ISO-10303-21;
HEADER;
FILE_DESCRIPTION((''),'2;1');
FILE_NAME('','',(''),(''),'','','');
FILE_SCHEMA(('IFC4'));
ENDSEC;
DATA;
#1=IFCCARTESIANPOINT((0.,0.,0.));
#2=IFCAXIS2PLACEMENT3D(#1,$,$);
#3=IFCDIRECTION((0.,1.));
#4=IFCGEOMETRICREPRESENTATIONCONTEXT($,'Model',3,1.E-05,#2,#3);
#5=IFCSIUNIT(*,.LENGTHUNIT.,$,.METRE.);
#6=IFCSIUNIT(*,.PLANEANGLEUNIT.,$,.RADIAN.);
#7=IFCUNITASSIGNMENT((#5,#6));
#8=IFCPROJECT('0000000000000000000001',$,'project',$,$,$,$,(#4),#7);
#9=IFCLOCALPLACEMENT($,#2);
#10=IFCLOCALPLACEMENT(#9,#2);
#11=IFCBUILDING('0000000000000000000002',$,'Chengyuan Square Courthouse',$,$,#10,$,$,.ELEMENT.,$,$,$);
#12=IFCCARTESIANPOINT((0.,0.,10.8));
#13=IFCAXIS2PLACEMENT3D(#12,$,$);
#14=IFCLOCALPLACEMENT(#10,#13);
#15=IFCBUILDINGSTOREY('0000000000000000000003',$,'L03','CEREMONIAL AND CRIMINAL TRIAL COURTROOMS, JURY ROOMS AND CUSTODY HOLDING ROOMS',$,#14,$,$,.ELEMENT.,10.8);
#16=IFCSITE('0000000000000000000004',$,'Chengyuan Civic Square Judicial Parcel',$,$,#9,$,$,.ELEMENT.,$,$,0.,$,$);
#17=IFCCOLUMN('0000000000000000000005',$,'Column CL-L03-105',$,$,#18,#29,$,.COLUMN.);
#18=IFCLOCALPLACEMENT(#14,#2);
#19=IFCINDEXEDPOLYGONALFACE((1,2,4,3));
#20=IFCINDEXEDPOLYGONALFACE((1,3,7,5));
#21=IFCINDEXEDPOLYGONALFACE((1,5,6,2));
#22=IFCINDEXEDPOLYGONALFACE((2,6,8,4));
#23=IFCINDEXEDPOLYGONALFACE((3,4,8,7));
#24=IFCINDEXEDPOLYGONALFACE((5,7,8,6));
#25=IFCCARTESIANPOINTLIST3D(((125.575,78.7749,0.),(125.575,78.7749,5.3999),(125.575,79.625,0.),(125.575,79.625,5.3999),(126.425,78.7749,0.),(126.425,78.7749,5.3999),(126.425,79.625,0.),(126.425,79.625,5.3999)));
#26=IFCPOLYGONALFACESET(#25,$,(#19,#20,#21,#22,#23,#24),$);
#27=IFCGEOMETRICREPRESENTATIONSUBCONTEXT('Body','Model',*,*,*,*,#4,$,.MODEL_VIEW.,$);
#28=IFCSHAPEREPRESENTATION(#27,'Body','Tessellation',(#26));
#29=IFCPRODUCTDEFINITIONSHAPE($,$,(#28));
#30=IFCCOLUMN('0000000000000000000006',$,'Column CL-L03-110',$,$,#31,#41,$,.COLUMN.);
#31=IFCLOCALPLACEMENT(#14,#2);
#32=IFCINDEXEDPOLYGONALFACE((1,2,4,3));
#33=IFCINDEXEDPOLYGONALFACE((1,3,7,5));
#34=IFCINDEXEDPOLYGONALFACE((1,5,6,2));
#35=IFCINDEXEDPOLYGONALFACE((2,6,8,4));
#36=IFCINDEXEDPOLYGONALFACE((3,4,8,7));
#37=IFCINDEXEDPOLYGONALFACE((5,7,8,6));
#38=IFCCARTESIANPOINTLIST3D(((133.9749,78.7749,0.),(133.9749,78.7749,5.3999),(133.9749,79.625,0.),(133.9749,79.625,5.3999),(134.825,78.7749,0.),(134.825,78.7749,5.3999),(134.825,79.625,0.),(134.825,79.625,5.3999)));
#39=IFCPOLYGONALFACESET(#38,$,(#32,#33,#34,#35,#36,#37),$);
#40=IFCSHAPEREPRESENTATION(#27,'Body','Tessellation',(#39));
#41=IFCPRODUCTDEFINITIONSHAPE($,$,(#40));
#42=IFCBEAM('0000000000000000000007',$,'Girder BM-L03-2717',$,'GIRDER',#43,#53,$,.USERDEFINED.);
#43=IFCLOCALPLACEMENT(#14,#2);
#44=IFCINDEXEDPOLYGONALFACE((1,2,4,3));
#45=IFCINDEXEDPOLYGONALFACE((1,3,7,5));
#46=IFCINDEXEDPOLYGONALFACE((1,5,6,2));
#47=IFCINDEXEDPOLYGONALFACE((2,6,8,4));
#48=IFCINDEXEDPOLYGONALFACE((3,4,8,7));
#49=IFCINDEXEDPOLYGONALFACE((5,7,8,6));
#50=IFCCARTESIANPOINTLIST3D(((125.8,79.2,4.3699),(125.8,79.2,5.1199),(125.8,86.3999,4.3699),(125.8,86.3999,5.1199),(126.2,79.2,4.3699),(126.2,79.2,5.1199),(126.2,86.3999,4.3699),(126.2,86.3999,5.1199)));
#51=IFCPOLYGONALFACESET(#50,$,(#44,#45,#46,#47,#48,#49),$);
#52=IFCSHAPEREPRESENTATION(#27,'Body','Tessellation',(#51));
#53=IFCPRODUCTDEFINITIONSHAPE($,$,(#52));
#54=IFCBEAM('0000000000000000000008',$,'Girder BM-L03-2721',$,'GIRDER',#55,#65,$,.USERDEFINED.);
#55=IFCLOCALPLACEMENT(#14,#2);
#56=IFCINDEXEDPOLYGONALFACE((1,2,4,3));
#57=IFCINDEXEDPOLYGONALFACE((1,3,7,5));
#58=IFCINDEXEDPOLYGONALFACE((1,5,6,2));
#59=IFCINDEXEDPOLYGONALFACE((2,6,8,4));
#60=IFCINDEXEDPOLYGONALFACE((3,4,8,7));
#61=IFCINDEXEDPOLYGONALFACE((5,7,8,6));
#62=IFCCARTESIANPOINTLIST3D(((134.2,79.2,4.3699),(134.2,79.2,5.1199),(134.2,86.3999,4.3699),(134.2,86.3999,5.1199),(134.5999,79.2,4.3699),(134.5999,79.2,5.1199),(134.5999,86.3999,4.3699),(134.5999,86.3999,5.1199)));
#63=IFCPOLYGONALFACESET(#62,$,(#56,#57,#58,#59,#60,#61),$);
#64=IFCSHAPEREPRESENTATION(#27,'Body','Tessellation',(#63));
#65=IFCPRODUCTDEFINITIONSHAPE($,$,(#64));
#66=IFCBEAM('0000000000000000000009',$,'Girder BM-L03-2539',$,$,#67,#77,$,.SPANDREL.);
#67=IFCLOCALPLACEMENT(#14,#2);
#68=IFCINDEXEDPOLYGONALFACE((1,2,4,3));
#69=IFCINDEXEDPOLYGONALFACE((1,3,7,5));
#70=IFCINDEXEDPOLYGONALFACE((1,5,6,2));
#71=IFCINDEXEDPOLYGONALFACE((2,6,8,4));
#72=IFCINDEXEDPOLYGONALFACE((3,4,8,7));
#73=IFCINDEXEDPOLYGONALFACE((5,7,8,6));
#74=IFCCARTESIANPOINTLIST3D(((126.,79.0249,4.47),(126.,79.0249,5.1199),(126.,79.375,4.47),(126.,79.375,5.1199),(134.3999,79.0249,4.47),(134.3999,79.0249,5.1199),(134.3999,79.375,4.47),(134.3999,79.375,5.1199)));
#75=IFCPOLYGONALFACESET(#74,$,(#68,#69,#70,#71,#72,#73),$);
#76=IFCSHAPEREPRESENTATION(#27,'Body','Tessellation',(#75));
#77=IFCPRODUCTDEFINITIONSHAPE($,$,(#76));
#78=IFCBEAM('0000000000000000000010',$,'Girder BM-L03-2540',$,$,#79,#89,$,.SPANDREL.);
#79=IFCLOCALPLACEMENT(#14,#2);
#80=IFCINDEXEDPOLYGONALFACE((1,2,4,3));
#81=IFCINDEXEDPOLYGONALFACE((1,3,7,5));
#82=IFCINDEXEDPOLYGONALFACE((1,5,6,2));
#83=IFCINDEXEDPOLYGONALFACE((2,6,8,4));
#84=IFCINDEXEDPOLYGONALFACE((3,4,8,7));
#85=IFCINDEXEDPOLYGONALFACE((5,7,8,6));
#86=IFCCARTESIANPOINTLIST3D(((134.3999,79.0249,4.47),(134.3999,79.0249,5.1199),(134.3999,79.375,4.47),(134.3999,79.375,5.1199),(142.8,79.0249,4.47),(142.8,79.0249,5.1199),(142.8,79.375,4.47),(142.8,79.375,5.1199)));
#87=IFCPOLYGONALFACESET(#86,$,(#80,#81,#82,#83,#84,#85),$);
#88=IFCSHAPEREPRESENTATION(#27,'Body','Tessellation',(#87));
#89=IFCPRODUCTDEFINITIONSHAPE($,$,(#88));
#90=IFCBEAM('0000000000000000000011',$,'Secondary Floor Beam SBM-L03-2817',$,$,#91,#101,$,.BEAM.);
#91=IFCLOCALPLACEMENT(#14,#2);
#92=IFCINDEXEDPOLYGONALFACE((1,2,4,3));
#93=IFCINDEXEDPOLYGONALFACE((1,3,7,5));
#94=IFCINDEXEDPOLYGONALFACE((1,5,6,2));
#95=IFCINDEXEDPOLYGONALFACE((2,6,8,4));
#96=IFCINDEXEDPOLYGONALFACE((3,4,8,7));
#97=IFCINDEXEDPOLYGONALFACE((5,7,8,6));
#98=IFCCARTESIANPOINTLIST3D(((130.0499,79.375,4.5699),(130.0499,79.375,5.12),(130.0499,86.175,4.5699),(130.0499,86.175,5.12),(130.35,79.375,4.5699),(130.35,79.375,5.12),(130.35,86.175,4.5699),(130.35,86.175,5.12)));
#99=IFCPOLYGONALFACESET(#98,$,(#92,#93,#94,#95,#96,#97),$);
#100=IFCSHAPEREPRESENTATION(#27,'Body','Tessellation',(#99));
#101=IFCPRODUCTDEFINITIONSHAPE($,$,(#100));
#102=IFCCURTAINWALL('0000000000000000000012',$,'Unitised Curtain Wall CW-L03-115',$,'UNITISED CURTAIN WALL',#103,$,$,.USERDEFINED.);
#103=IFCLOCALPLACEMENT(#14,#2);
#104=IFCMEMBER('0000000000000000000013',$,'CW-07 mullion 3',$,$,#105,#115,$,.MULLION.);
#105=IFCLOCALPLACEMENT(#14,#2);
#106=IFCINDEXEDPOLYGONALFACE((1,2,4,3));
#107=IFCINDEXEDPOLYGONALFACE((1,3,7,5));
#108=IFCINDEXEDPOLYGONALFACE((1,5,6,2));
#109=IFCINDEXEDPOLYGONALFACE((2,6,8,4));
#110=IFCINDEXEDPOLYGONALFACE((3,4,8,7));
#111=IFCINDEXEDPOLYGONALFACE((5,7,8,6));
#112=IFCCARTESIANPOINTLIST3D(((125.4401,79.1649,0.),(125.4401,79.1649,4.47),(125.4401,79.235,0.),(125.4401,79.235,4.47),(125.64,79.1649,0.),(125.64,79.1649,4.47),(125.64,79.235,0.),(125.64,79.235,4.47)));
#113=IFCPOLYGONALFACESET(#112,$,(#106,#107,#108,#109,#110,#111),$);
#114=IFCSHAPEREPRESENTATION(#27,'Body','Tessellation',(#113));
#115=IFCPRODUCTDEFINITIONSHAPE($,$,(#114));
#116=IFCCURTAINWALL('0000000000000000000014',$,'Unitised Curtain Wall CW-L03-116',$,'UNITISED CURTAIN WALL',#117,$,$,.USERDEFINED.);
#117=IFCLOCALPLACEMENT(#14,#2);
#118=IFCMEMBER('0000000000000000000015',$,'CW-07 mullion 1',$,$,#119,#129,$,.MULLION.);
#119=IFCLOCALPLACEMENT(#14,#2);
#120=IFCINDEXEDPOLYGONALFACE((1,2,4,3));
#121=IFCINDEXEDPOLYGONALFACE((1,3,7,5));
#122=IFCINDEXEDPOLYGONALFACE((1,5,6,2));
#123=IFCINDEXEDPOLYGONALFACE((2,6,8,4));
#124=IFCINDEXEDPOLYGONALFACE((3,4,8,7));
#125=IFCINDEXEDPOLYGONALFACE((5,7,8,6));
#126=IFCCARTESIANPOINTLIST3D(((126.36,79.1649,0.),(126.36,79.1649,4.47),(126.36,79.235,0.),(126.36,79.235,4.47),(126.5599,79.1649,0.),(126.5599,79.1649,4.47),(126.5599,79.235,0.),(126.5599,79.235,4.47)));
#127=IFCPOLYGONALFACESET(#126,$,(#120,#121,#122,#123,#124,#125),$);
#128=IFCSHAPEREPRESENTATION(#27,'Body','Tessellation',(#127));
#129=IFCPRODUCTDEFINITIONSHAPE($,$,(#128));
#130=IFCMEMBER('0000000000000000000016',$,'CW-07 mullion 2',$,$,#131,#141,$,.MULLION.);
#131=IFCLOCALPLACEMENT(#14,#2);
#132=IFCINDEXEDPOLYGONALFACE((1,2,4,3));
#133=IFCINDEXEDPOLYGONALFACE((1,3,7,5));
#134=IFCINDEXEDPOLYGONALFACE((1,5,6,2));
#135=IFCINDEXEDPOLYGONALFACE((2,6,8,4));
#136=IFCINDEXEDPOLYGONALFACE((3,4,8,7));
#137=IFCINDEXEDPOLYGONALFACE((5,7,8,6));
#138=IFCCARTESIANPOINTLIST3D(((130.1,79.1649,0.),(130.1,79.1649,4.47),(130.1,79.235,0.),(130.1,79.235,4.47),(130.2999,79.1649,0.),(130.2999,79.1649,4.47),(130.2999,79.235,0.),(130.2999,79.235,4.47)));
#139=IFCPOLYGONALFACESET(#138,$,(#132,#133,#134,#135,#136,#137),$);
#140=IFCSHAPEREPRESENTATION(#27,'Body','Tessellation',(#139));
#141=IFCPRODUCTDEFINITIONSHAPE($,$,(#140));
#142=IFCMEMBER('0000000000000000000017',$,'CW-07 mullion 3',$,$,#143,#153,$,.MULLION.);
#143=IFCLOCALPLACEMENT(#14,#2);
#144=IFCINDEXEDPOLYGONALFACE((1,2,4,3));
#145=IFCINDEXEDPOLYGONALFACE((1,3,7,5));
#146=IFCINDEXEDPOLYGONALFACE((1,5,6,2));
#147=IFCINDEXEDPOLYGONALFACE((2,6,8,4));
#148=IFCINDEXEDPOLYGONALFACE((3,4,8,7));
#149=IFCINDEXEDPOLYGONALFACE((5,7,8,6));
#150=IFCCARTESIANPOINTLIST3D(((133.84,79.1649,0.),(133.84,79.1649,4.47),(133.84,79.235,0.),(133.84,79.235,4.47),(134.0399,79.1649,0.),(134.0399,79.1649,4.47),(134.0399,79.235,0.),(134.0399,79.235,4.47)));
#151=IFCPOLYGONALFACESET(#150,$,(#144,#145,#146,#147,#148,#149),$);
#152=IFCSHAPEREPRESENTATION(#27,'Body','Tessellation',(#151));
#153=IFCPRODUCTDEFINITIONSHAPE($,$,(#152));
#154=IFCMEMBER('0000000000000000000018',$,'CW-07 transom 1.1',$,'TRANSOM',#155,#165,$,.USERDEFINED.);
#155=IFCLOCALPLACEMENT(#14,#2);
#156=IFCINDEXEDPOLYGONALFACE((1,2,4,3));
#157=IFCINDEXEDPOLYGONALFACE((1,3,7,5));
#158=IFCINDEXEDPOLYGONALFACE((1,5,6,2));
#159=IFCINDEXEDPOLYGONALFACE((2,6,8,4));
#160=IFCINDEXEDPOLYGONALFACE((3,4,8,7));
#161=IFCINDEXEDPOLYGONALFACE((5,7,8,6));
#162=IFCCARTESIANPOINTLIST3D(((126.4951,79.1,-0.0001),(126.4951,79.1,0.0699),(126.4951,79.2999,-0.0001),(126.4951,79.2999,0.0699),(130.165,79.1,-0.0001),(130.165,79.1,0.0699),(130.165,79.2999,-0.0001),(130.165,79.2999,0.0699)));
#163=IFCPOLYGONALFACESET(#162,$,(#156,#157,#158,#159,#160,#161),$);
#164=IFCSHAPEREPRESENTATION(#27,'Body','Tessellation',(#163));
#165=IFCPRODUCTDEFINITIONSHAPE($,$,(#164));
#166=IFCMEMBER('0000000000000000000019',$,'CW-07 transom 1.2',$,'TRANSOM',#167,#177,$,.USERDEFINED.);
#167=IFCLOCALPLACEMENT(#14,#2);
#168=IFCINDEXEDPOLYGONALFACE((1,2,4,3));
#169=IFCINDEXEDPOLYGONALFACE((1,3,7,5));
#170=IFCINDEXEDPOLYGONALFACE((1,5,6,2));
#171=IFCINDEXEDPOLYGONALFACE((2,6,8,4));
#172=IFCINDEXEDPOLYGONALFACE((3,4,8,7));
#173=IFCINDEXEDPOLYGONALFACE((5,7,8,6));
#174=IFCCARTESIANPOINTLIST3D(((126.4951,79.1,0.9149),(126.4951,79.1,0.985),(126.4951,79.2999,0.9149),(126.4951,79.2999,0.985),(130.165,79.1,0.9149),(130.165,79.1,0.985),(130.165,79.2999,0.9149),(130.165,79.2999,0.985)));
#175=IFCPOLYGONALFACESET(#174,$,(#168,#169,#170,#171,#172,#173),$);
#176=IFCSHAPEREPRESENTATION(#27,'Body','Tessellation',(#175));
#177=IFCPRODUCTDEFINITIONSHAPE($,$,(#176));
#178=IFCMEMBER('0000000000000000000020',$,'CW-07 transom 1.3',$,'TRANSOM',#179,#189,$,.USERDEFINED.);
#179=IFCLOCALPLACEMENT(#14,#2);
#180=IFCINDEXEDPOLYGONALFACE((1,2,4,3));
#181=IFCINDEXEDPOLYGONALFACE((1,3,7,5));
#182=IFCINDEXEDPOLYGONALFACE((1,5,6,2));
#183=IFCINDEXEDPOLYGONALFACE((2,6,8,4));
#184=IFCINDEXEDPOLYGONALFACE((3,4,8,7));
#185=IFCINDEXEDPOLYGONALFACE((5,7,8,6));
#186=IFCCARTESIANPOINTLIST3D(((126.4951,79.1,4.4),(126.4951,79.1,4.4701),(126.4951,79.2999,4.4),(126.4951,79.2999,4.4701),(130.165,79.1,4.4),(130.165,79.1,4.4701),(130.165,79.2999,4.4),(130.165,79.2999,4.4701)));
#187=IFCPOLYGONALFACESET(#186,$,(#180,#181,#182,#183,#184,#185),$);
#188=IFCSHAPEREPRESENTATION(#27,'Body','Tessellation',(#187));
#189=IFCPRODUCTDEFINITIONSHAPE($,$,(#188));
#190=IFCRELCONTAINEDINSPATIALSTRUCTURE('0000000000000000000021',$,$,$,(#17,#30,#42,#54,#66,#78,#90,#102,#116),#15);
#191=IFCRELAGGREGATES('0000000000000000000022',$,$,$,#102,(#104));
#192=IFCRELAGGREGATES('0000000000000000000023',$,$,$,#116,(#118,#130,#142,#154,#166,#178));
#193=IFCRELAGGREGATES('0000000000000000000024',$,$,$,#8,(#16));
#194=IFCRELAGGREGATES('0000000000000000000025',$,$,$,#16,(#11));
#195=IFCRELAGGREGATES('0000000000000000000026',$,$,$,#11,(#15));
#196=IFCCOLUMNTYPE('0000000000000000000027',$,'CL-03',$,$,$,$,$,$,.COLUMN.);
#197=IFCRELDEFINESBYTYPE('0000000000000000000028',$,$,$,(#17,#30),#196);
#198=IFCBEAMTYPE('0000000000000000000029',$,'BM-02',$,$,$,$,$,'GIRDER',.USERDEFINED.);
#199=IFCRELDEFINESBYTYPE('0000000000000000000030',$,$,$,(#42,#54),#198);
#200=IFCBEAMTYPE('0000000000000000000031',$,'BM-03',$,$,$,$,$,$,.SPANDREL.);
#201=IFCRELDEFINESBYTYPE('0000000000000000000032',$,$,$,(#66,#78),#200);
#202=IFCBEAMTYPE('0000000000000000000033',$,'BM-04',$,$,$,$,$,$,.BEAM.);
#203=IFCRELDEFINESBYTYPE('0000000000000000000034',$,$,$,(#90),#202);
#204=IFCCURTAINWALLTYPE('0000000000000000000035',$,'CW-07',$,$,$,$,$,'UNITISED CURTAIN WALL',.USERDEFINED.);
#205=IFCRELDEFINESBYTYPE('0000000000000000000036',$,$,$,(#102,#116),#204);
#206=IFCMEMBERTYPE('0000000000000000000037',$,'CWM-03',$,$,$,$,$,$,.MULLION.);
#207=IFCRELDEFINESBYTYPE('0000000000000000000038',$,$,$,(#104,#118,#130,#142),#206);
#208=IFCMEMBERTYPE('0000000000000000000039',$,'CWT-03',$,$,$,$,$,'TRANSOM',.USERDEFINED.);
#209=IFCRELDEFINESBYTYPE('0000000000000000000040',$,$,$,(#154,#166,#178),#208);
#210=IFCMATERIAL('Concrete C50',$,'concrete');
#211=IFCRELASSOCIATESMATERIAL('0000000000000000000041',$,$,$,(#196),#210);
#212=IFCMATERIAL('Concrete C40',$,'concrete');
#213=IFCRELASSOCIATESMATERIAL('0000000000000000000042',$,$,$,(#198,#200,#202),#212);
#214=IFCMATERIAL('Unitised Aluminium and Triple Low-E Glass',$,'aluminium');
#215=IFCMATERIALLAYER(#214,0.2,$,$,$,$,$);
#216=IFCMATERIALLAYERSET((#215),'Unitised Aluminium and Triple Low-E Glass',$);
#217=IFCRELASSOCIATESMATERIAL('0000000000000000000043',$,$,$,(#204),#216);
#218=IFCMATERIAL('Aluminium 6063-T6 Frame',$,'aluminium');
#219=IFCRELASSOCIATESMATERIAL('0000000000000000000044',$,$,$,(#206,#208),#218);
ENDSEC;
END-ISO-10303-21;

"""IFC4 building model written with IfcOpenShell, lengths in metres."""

from ifc_helpers import new_model, si_unit, direction, frame, origin, origin_2d, place, context, subcontext, project, spatial, rectangle, extrude, material, layer, layer_set, material_profile, profile_set, type_object, element, aggregate, save


model = new_model("IFC4")

# Units and contexts
model_context = context("Model", 3, precision=1e-05, world=origin(), true_north=direction((0.0, 1.0)))
body_context = subcontext(model_context, "Body", "Model", "MODEL_VIEW")
ifc_project = project(units=[si_unit("LENGTHUNIT", "METRE"), si_unit("PLANEANGLEUNIT", "RADIAN")], contexts=[model_context])

# Site, building, storey
site_placement = place(None, origin())
site = spatial("IfcSite", under=ifc_project, at=site_placement, Name="Chengyuan Civic Square Judicial Parcel", CompositionType="ELEMENT", RefElevation=0.0)
building_placement = place(site_placement, origin())
building = spatial("IfcBuilding", under=site, at=building_placement, Name="Chengyuan Square Courthouse", CompositionType="ELEMENT")
storey_placement = place(building_placement, frame((0.0, 0.0, 10.8)))
storey = spatial("IfcBuildingStorey", under=building, at=storey_placement, Name="L03", Description="CEREMONIAL AND CRIMINAL TRIAL COURTROOMS, JURY ROOMS AND CUSTODY HOLDING ROOMS", CompositionType="ELEMENT", Elevation=10.8)

# Columns
ifc_material_1 = material(Name="Concrete C50", Category="concrete")
ifc_material_profile_1 = material_profile(ifc_material_1, rectangle(XDim=0.8501, YDim=0.8501, at=origin_2d()), Name="RC-COL-850x850")
ifc_profile_set_1 = profile_set([ifc_material_profile_1], Name="Concrete C50")
column_type = type_object("IfcColumnType", Name="CL-03", PredefinedType="COLUMN", material=ifc_profile_set_1)
for number, where, z_axis, x_axis, name in (
    (1, (126.0, 79.2, 0.0), (0.0, 0.0, 1.0), (1.0, 0.0, 0.0), "Column CL-L03-105"),
    (2, (134.3999, 79.2, 0.0), (0.0, 0.0, 1.0), (1.0, 0.0, 0.0), "Column CL-L03-110"),
):
    element("IfcColumn", number, at=place(storey_placement, frame(where, z_axis=z_axis, x_axis=x_axis)), inside=storey, type_object=column_type, Name=name, PredefinedType="COLUMN", context=body_context, shape_type="SweptSolid", body=[
        extrude(rectangle(XDim=0.8501, YDim=0.8501, at=origin_2d()), origin(), (0.0, 0.0, 1.0), 5.3999),
    ])

# Beams
ifc_material_2 = material(Name="Concrete C40", Category="concrete")
ifc_material_profile_2 = material_profile(ifc_material_2, rectangle(XDim=0.3999, YDim=0.75, at=origin_2d()), Name="RC-BM-400x750")
ifc_profile_set_2 = profile_set([ifc_material_profile_2], Name="Concrete C40")
beam_type_1 = type_object("IfcBeamType", Name="BM-02", ElementType="GIRDER", PredefinedType="USERDEFINED", material=ifc_profile_set_2)
for number, where, z_axis, x_axis, name in (
    (3, (126.0, 79.2, 4.7449), (0.0, 1.0, 0.0), (-1.0, 0.0, 0.0), "Girder BM-L03-2717"),
    (4, (134.3999, 79.2, 4.7449), (0.0, 1.0, 0.0), (-1.0, 0.0, 0.0), "Girder BM-L03-2721"),
):
    element("IfcBeam", number, at=place(storey_placement, frame(where, z_axis=z_axis, x_axis=x_axis)), inside=storey, type_object=beam_type_1, Name=name, ObjectType="GIRDER", PredefinedType="USERDEFINED", context=body_context, shape_type="SweptSolid", body=[
        extrude(rectangle(XDim=0.3999, YDim=0.75, at=origin_2d()), origin(), (0.0, 0.0, 1.0), 7.2),
    ])
ifc_material_profile_3 = material_profile(ifc_material_2, rectangle(XDim=0.3501, YDim=0.6499, at=origin_2d()), Name="RC-BM-350x650")
ifc_profile_set_3 = profile_set([ifc_material_profile_3], Name="Concrete C40")
beam_type_2 = type_object("IfcBeamType", Name="BM-03", PredefinedType="SPANDREL", material=ifc_profile_set_3)
beam_1_placement = place(storey_placement, frame((126.0, 79.2, 4.7949), z_axis=(1.0, 0.0, 0.0), x_axis=(0.0, 1.0, 0.0)))
element("IfcBeam", 5, at=beam_1_placement, inside=storey, type_object=beam_type_2, Name="Girder BM-L03-2539", PredefinedType="SPANDREL", context=body_context, shape_type="SweptSolid", body=[
    extrude(rectangle(XDim=0.3501, YDim=0.6499, at=origin_2d()), origin(), (0.0, 0.0, 1.0), 8.3999),
])
beam_2_placement = place(storey_placement, frame((134.3999, 79.2, 4.7949), z_axis=(1.0, 0.0, 0.0), x_axis=(0.0, 1.0, 0.0)))
element("IfcBeam", 6, at=beam_2_placement, inside=storey, type_object=beam_type_2, Name="Girder BM-L03-2540", PredefinedType="SPANDREL", context=body_context, shape_type="SweptSolid", body=[
    extrude(rectangle(XDim=0.3501, YDim=0.6499, at=origin_2d()), origin(), (0.0, 0.0, 1.0), 8.4001),
])
ifc_material_profile_4 = material_profile(ifc_material_2, rectangle(XDim=0.3, YDim=0.55, at=origin_2d()), Name="RC-BM-300x550")
ifc_profile_set_4 = profile_set([ifc_material_profile_4], Name="Concrete C40")
beam_type_3 = type_object("IfcBeamType", Name="BM-04", PredefinedType="BEAM", material=ifc_profile_set_4)
beam_3_placement = place(storey_placement, frame((130.2, 79.375, 4.845), z_axis=(0.0, 1.0, 0.0), x_axis=(-1.0, 0.0, 0.0)))
element("IfcBeam", 7, at=beam_3_placement, inside=storey, type_object=beam_type_3, Name="Secondary Floor Beam SBM-L03-2817", PredefinedType="BEAM", context=body_context, shape_type="SweptSolid", body=[
    extrude(rectangle(XDim=0.3, YDim=0.55, at=origin_2d()), origin(), (0.0, 0.0, 1.0), 6.8),
])

# Curtain wall, member
ifc_material_3 = material(Name="Unitised Aluminium and Triple Low-E Glass", Category="aluminium")
ifc_layer_1 = layer(ifc_material_3, 0.2)
ifc_layer_set_1 = layer_set([ifc_layer_1], Name="Unitised Aluminium and Triple Low-E Glass")
curtain_wall_type = type_object("IfcCurtainWallType", Name="CW-07", ElementType="UNITISED CURTAIN WALL", PredefinedType="USERDEFINED", material=ifc_layer_set_1)
curtain_wall_1_placement = place(storey_placement, origin())
curtain_wall_1 = element("IfcCurtainWall", 8, at=curtain_wall_1_placement, inside=storey, type_object=curtain_wall_type, Name="Unitised Curtain Wall CW-L03-115", ObjectType="UNITISED CURTAIN WALL", PredefinedType="USERDEFINED")
ifc_material_4 = material(Name="Aluminium 6063-T6 Frame", Category="aluminium")
ifc_material_profile_5 = material_profile(ifc_material_4, rectangle(XDim=0.0701, YDim=0.2, at=origin_2d()), Name="CW-MUL-70x200")
ifc_profile_set_5 = profile_set([ifc_material_profile_5], Name="Aluminium 6063-T6 Frame")
member_type_1 = type_object("IfcMemberType", Name="CWM-03", PredefinedType="MULLION", material=ifc_profile_set_5)
member_1_placement = place(storey_placement, frame((125.54, 79.2, 0.0), z_axis=(0.0, 0.0, 1.0), x_axis=(0.0, 1.0, 0.0)))
member_1 = element("IfcMember", 9, at=member_1_placement, type_object=member_type_1, Name="CW-07 mullion 3", PredefinedType="MULLION", context=body_context, shape_type="SweptSolid", body=[
    extrude(rectangle(XDim=0.0701, YDim=0.2, at=origin_2d()), origin(), (0.0, 0.0, 1.0), 4.47),
])
aggregate(curtain_wall_1, [member_1])

# Curtain wall, members
curtain_wall_2_placement = place(storey_placement, origin())
curtain_wall_2 = element("IfcCurtainWall", 10, at=curtain_wall_2_placement, inside=storey, type_object=curtain_wall_type, Name="Unitised Curtain Wall CW-L03-116", ObjectType="UNITISED CURTAIN WALL", PredefinedType="USERDEFINED")
member_2_placement = place(storey_placement, frame((126.46, 79.2, 0.0), z_axis=(0.0, 0.0, 1.0), x_axis=(0.0, 1.0, 0.0)))
member_2 = element("IfcMember", 11, at=member_2_placement, type_object=member_type_1, Name="CW-07 mullion 1", PredefinedType="MULLION", context=body_context, shape_type="SweptSolid", body=[
    extrude(rectangle(XDim=0.0701, YDim=0.2, at=origin_2d()), origin(), (0.0, 0.0, 1.0), 4.47),
])
member_3_placement = place(storey_placement, frame((130.2, 79.2, 0.0), z_axis=(0.0, 0.0, 1.0), x_axis=(0.0, 1.0, 0.0)))
member_3 = element("IfcMember", 12, at=member_3_placement, type_object=member_type_1, Name="CW-07 mullion 2", PredefinedType="MULLION", context=body_context, shape_type="SweptSolid", body=[
    extrude(rectangle(XDim=0.0701, YDim=0.2, at=origin_2d()), origin(), (0.0, 0.0, 1.0), 4.47),
])
member_4_placement = place(storey_placement, frame((133.9399, 79.2, 0.0), z_axis=(0.0, 0.0, 1.0), x_axis=(0.0, 1.0, 0.0)))
member_4 = element("IfcMember", 13, at=member_4_placement, type_object=member_type_1, Name="CW-07 mullion 3", PredefinedType="MULLION", context=body_context, shape_type="SweptSolid", body=[
    extrude(rectangle(XDim=0.0701, YDim=0.2, at=origin_2d()), origin(), (0.0, 0.0, 1.0), 4.47),
])
ifc_material_profile_6 = material_profile(ifc_material_4, rectangle(XDim=0.2, YDim=0.0701, at=origin_2d()), Name="CW-TRN-70x160")
ifc_profile_set_6 = profile_set([ifc_material_profile_6], Name="Aluminium 6063-T6 Frame")
member_type_2 = type_object("IfcMemberType", Name="CWT-03", ElementType="TRANSOM", PredefinedType="USERDEFINED", material=ifc_profile_set_6)
member_5_placement = place(storey_placement, frame((126.4951, 79.2, 0.0349), z_axis=(1.0, 0.0, 0.0), x_axis=(0.0, 1.0, 0.0)))
member_5 = element("IfcMember", 14, at=member_5_placement, type_object=member_type_2, Name="CW-07 transom 1.1", ObjectType="TRANSOM", PredefinedType="USERDEFINED", context=body_context, shape_type="SweptSolid", body=[
    extrude(rectangle(XDim=0.2, YDim=0.0701, at=origin_2d()), origin(), (0.0, 0.0, 1.0), 3.6699),
])
member_6_placement = place(storey_placement, frame((126.4951, 79.2, 0.95), z_axis=(1.0, 0.0, 0.0), x_axis=(0.0, 1.0, 0.0)))
member_6 = element("IfcMember", 15, at=member_6_placement, type_object=member_type_2, Name="CW-07 transom 1.2", ObjectType="TRANSOM", PredefinedType="USERDEFINED", context=body_context, shape_type="SweptSolid", body=[
    extrude(rectangle(XDim=0.2, YDim=0.0701, at=origin_2d()), origin(), (0.0, 0.0, 1.0), 3.6699),
])
member_7_placement = place(storey_placement, frame((126.4951, 79.2, 4.4351), z_axis=(1.0, 0.0, 0.0), x_axis=(0.0, 1.0, 0.0)))
member_7 = element("IfcMember", 16, at=member_7_placement, type_object=member_type_2, Name="CW-07 transom 1.3", ObjectType="TRANSOM", PredefinedType="USERDEFINED", context=body_context, shape_type="SweptSolid", body=[
    extrude(rectangle(XDim=0.2, YDim=0.0701, at=origin_2d()), origin(), (0.0, 0.0, 1.0), 3.6699),
])
aggregate(curtain_wall_2, [member_2, member_3, member_4, member_5, member_6, member_7])

save(model, "model.ifc")
